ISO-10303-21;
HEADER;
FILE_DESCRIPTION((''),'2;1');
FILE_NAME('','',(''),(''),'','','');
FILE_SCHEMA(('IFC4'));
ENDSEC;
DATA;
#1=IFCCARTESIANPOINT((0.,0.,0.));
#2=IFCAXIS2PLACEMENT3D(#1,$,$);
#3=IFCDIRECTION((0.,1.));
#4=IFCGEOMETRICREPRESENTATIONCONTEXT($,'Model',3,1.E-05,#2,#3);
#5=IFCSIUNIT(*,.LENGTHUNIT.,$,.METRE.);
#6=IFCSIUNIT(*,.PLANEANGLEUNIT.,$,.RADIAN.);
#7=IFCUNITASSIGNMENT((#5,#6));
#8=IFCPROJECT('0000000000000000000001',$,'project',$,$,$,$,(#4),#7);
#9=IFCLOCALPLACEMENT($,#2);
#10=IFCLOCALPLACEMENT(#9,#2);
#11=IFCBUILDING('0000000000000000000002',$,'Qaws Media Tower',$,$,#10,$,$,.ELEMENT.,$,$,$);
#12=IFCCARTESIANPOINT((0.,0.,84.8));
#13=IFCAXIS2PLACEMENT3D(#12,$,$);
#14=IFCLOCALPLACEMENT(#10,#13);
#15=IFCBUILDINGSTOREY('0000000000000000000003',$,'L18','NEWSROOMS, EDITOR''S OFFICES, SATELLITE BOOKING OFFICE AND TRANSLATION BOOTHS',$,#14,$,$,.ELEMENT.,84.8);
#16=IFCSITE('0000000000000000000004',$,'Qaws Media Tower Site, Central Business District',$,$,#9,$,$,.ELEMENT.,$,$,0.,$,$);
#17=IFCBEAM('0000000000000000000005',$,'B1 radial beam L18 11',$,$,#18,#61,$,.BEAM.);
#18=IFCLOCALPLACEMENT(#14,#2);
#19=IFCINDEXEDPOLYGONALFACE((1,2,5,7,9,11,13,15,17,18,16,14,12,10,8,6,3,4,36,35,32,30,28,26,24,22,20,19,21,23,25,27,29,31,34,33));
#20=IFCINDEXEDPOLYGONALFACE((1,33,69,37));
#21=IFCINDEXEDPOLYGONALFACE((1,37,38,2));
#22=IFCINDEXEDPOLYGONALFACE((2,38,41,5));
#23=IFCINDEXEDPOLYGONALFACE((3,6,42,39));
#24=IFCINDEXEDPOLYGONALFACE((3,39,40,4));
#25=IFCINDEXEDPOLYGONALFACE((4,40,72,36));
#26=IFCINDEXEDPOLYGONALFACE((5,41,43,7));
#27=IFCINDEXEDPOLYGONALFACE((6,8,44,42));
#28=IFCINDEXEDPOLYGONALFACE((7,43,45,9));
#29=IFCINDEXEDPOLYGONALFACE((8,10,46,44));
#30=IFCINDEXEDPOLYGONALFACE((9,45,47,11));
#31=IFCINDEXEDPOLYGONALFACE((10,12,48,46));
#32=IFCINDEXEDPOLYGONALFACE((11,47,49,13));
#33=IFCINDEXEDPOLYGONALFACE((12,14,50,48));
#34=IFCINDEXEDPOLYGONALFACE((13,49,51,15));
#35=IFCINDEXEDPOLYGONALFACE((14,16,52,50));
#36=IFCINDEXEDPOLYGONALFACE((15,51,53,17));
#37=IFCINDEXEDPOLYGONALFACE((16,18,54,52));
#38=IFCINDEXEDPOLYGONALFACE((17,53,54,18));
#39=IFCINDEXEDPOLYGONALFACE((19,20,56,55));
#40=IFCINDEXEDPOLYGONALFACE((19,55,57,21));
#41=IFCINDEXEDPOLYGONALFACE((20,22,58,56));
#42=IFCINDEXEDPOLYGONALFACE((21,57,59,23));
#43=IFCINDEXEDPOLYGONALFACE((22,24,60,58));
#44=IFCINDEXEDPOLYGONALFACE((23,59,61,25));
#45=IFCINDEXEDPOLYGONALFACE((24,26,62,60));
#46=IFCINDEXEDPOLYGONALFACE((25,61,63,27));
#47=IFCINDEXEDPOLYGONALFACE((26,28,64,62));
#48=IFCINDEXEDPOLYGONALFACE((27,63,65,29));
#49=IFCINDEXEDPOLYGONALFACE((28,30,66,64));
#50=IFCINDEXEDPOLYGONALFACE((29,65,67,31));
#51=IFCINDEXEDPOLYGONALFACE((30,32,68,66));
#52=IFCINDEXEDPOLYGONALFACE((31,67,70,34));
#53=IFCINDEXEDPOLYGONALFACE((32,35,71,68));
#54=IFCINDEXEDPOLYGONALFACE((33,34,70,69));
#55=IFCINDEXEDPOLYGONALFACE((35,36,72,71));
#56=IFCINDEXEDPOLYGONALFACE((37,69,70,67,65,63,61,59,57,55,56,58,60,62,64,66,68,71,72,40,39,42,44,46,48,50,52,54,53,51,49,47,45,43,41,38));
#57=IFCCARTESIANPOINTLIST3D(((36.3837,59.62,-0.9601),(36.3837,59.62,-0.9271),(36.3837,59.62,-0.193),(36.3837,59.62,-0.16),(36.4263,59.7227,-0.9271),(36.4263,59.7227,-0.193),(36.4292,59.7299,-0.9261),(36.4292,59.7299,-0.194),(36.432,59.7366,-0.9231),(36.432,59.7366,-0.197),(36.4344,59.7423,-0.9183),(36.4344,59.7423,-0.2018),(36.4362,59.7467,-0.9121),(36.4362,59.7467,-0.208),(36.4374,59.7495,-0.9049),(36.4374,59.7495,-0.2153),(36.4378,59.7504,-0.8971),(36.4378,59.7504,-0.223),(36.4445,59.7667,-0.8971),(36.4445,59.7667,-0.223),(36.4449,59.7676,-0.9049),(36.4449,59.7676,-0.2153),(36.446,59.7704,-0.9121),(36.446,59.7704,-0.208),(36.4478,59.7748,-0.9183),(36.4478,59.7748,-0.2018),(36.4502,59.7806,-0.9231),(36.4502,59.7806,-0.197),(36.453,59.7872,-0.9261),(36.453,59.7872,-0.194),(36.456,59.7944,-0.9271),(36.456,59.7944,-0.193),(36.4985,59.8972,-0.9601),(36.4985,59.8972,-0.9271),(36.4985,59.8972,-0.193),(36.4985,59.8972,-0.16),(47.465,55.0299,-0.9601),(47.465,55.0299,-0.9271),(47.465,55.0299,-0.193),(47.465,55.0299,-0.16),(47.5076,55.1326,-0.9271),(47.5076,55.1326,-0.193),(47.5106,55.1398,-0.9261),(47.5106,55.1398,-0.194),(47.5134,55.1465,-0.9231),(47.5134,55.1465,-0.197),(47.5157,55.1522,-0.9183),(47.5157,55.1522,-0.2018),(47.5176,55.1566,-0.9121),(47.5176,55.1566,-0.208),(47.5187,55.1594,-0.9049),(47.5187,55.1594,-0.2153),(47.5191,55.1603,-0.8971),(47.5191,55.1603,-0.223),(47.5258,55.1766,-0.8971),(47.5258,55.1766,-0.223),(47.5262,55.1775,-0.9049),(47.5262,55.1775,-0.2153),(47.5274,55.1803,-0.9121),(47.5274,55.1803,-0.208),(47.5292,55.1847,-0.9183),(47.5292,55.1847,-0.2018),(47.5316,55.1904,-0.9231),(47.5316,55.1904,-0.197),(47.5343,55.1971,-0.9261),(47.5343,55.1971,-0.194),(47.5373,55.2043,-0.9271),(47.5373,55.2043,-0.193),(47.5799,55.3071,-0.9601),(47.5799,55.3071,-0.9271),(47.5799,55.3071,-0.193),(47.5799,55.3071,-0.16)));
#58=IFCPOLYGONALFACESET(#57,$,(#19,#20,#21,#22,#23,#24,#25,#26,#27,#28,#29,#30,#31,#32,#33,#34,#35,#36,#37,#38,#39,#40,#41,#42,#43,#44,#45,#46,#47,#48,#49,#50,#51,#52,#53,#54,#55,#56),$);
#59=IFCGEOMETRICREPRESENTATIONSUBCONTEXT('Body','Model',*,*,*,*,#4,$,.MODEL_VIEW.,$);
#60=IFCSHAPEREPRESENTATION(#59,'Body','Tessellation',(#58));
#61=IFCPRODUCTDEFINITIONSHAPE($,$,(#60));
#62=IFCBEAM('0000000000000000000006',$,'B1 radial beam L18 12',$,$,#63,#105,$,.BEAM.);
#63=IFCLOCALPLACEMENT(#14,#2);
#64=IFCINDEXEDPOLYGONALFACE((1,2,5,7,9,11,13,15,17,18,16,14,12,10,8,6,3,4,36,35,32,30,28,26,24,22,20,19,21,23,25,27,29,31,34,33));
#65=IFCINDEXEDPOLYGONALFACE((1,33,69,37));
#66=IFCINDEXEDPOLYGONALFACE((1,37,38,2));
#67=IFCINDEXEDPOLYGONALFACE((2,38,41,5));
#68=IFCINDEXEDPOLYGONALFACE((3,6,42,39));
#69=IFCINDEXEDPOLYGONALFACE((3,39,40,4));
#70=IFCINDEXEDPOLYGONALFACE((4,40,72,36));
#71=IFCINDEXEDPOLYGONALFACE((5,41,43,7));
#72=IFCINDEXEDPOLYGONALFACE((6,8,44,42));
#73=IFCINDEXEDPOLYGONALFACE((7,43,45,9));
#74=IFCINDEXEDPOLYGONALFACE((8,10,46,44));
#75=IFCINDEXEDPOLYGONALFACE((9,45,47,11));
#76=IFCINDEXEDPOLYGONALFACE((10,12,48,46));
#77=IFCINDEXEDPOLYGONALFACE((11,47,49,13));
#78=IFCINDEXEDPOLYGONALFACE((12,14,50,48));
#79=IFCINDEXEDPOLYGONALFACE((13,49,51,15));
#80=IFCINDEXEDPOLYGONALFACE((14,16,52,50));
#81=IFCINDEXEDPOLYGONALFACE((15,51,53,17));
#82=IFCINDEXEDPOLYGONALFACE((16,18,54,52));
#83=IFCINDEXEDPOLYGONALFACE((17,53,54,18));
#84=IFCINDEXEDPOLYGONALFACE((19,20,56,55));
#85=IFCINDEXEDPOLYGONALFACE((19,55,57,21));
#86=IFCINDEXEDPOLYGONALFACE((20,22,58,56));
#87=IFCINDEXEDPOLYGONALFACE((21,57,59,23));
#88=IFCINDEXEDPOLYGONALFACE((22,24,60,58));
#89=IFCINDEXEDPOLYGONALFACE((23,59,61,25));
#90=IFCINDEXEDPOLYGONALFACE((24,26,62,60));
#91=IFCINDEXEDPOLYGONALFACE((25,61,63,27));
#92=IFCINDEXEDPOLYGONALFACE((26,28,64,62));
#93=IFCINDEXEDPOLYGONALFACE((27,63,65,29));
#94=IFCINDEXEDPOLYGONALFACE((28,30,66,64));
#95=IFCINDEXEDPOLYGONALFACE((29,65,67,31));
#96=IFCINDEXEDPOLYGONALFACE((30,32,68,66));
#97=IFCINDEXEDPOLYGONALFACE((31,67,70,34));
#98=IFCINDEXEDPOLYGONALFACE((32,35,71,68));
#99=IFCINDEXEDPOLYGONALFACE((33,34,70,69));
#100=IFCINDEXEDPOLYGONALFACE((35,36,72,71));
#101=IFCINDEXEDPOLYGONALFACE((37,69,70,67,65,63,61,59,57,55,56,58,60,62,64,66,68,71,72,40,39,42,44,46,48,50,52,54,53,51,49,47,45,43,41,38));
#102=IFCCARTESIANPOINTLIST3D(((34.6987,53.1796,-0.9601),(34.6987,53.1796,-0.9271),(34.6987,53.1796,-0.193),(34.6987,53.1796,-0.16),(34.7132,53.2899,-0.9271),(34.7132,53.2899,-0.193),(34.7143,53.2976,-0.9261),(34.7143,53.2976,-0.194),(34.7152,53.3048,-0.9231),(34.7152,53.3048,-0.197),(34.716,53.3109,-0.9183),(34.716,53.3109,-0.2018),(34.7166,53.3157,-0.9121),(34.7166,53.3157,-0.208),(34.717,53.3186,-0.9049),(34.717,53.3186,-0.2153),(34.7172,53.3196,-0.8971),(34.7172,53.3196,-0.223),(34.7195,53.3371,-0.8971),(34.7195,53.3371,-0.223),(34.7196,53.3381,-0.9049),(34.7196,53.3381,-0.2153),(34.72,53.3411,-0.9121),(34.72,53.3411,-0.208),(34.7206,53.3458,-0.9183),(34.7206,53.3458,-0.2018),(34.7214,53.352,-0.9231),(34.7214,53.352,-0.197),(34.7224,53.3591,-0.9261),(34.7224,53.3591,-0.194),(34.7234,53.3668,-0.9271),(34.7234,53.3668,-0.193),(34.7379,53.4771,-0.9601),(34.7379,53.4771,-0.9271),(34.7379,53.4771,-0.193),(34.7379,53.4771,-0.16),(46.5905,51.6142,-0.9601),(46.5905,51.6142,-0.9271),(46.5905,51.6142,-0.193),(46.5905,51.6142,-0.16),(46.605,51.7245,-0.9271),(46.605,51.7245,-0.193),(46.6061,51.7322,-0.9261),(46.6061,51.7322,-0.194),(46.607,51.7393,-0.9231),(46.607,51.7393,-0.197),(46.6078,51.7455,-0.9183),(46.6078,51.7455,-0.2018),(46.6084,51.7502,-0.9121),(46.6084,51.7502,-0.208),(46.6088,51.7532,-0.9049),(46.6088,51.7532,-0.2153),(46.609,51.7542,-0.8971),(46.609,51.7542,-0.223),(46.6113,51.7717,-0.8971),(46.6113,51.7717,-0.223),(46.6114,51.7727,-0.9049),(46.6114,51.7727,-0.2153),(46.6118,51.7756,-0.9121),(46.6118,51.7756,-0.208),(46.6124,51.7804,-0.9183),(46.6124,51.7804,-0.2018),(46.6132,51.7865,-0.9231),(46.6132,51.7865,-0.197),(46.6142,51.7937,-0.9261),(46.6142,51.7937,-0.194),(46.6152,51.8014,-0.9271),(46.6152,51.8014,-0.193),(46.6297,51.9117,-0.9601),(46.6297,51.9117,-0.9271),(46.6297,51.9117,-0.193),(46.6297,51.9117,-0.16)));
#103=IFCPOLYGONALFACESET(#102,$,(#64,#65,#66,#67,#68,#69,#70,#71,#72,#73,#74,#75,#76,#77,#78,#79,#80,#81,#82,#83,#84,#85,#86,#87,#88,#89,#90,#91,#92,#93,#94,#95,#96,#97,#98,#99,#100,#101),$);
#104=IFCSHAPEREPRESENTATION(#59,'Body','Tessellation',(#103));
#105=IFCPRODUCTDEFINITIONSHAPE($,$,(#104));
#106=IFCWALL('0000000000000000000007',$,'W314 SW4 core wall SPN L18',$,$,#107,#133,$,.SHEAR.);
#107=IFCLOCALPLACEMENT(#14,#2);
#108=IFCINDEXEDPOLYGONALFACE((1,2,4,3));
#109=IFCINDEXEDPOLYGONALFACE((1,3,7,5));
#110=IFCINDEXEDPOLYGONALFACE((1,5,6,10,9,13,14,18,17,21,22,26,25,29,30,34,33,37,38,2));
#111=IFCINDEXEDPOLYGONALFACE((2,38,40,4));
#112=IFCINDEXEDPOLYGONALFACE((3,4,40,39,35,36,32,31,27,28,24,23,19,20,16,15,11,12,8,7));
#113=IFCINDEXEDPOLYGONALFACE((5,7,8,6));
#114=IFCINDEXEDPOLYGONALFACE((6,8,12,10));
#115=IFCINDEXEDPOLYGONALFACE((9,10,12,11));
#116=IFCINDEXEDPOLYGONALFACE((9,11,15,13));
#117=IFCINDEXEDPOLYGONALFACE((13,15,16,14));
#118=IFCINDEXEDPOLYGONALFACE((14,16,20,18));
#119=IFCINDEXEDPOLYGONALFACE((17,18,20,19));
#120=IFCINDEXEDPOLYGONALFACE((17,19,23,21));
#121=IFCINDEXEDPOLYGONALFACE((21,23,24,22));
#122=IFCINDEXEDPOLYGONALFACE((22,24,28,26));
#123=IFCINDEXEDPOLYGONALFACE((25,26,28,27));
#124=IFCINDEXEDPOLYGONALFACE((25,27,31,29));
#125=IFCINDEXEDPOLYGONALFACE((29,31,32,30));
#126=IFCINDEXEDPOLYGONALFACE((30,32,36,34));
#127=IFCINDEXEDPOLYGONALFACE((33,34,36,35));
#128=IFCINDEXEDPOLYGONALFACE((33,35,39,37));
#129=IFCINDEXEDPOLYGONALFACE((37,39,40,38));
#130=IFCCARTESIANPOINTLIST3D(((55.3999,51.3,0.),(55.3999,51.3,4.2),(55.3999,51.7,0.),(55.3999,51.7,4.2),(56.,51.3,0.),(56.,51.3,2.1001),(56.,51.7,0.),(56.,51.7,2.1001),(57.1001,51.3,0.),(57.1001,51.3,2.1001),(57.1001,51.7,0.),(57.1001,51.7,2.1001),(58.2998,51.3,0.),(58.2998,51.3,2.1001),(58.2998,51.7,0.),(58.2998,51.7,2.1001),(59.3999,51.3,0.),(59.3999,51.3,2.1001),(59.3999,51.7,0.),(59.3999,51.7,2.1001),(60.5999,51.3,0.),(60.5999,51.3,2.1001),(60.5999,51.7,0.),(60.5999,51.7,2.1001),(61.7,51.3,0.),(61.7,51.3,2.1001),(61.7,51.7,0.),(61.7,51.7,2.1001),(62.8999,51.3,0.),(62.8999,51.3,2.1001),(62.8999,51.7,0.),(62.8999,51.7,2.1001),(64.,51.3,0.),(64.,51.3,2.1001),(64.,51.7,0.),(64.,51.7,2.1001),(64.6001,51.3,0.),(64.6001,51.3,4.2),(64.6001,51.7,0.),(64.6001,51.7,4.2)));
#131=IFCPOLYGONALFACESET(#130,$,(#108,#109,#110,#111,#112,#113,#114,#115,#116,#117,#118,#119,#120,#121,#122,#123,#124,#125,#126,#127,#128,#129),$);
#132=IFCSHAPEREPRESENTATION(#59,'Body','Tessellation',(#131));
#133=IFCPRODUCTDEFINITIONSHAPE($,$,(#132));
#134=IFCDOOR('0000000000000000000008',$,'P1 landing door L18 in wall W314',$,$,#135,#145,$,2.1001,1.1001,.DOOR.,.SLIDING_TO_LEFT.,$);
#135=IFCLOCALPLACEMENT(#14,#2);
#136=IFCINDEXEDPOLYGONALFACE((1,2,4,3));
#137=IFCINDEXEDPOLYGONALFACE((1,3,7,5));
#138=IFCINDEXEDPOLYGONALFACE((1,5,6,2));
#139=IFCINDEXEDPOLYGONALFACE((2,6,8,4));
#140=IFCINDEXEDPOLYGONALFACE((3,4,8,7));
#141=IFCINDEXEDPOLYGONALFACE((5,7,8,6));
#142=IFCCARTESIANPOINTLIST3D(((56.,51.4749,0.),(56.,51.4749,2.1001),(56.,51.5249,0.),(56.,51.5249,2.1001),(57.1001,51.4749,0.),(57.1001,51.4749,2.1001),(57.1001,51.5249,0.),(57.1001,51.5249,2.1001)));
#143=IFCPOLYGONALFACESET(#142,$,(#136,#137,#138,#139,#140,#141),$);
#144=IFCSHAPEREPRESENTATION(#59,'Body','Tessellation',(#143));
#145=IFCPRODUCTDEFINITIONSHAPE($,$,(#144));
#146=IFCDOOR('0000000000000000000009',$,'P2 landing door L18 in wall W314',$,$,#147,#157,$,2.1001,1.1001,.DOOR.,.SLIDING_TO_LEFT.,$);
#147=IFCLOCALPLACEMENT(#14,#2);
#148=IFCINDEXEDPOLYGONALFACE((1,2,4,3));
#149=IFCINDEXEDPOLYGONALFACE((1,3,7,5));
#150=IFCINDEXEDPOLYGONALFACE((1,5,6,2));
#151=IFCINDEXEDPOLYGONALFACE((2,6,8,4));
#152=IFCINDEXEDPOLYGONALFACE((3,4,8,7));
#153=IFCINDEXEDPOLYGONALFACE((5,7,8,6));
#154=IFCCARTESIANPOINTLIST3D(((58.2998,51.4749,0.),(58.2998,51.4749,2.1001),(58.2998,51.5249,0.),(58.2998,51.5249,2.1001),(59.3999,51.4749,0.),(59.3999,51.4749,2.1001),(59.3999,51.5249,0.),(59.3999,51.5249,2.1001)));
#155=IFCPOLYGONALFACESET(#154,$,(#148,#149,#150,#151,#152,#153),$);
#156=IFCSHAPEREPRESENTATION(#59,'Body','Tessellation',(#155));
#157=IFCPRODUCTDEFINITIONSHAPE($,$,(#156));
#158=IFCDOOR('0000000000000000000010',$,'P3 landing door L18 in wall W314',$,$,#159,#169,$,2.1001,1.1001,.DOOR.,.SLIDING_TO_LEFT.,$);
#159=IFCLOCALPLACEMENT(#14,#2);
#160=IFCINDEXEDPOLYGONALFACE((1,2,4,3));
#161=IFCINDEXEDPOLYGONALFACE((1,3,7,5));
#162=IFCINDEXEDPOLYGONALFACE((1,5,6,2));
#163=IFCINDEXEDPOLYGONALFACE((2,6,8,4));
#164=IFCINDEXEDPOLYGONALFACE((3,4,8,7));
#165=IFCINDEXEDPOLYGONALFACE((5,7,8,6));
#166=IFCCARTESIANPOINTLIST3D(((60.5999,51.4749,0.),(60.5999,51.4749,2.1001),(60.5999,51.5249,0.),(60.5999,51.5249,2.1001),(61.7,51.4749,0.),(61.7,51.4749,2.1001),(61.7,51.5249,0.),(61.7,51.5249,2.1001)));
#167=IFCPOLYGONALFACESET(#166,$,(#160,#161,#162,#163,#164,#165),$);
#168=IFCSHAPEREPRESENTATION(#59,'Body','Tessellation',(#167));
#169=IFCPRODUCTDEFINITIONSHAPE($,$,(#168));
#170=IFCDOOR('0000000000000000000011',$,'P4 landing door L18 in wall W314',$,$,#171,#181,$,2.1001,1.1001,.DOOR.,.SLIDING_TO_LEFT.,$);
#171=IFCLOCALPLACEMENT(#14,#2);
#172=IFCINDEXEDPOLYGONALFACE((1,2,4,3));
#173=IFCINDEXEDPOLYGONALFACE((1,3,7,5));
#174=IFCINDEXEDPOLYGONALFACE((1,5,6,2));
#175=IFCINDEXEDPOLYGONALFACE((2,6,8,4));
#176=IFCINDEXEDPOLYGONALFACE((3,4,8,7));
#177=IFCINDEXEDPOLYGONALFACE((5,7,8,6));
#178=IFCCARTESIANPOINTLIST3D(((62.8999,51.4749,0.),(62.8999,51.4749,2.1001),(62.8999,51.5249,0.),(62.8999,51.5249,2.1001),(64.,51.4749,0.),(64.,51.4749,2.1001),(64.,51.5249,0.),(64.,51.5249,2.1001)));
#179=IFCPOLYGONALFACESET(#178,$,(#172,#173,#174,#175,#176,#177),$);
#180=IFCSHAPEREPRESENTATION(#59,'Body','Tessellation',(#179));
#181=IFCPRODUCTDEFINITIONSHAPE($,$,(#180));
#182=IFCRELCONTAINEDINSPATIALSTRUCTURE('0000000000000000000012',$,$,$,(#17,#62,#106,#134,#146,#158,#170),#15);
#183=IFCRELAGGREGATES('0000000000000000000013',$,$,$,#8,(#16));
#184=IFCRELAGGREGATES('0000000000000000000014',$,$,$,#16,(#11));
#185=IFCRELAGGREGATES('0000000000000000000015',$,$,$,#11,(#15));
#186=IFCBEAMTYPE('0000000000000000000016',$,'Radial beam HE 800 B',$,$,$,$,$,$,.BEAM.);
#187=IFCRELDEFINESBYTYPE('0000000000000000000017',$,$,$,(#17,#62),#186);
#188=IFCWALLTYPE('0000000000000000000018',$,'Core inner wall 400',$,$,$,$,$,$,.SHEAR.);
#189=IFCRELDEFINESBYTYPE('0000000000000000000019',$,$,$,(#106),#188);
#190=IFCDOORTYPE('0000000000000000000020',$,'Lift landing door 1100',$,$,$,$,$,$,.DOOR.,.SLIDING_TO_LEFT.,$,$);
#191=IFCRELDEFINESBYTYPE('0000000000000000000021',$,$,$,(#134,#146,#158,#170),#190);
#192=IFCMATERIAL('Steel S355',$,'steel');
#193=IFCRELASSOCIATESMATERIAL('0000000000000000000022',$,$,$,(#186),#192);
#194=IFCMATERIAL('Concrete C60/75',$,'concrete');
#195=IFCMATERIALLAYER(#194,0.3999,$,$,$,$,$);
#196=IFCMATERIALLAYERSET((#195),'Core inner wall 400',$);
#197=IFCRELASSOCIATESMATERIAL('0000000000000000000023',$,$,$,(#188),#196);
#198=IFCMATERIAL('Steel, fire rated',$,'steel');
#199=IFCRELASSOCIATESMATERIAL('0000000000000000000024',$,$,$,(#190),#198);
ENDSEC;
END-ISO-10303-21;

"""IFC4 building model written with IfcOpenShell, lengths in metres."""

from ifc_helpers import new_model, si_unit, direction, frame, frame_2d, origin, origin_2d, place, context, subcontext, project, spatial, rectangle, i_section, extrude, material, layer, layer_set, material_profile, profile_set, type_object, element, fill, save


model = new_model("IFC4")

# Units and contexts
model_context = context("Model", 3, precision=1e-05, world=origin(), true_north=direction((0.0, 1.0)))
body_context = subcontext(model_context, "Body", "Model", "MODEL_VIEW")
ifc_project = project(units=[si_unit("LENGTHUNIT", "METRE"), si_unit("PLANEANGLEUNIT", "RADIAN")], contexts=[model_context])

# Site, building, storey
site_placement = place(None, origin())
site = spatial("IfcSite", under=ifc_project, at=site_placement, Name="Qaws Media Tower Site, Central Business District", CompositionType="ELEMENT", RefElevation=0.0)
building_placement = place(site_placement, origin())
building = spatial("IfcBuilding", under=site, at=building_placement, Name="Qaws Media Tower", CompositionType="ELEMENT")
storey_placement = place(building_placement, frame((0.0, 0.0, 84.8)))
storey = spatial("IfcBuildingStorey", under=building, at=storey_placement, Name="L18", Description="NEWSROOMS, EDITOR'S OFFICES, SATELLITE BOOKING OFFICE AND TRANSLATION BOOTHS", CompositionType="ELEMENT", Elevation=84.8)

# Beams
ifc_material_1 = material(Name="Steel S355", Category="steel")
ifc_material_profile_1 = material_profile(ifc_material_1, i_section(OverallWidth=0.3, OverallDepth=0.8, WebThickness=0.0176, FlangeThickness=0.033, FilletRadius=0.03, at=origin_2d()), Name="HE 800 B")
ifc_profile_set_1 = profile_set([ifc_material_profile_1], Name="Steel S355")
beam_type_1 = type_object("IfcBeamType", Name="Radial beam HE 800 B", PredefinedType="BEAM", material=ifc_profile_set_1)
for number, where, z_axis, x_axis, name in (
    (1, (47.5225, 55.1685, -0.5601), (-0.923878, 0.382688, 0.0), (-0.382688, -0.923878, 0.0), "B1 radial beam L18 11"),
    (2, (46.6101, 51.7629, -0.5601), (-0.991447, 0.130513, 0.0), (-0.130513, -0.991447, 0.0), "B1 radial beam L18 12"),
):
    element("IfcBeam", number, at=place(storey_placement, frame(where, z_axis=z_axis, x_axis=x_axis)), inside=storey, type_object=beam_type_1, Name=name, PredefinedType="BEAM", context=body_context, shape_type="SweptSolid", body=[
        extrude(i_section(OverallWidth=0.3, OverallDepth=0.8, WebThickness=0.0176, FlangeThickness=0.033, FilletRadius=0.03, at=origin_2d()), origin(), (0.0, 0.0, 1.0), 11.9944),
    ])

# Wall, openings, doors
ifc_material_2 = material(Name="Concrete C60/75", Category="concrete")
ifc_layer_1 = layer(ifc_material_2, 0.3999)
ifc_layer_set_1 = layer_set([ifc_layer_1], Name="Core inner wall 400")
wall_type_1 = type_object("IfcWallType", Name="Core inner wall 400", PredefinedType="SHEAR", material=ifc_layer_set_1)
wall_1_placement = place(storey_placement, frame((55.3999, 51.5, 0.0), z_axis=(0.0, 0.0, 1.0), x_axis=(1.0, 0.0, 0.0)))
wall_1 = element("IfcWall", 3, at=wall_1_placement, inside=storey, type_object=wall_type_1, Name="W314 SW4 core wall SPN L18", PredefinedType="SHEAR", context=body_context, shape_type="SweptSolid", body=[
    extrude(rectangle(XDim=9.2002, YDim=0.3999, at=frame_2d((4.6001, 0.0))), origin(), (0.0, 0.0, 1.0), 4.2),
])
opening_1_placement = place(wall_1_placement, frame((0.6001, 0.0, 0.0)))
opening_1 = element("IfcOpeningElement", 4, at=opening_1_placement, cuts=wall_1, PredefinedType="OPENING", context=body_context, shape_type="SweptSolid", body=[
    extrude(rectangle(XDim=1.1001, YDim=2.1001, at=frame_2d((0.55, 1.05))), frame((0.0, 0.21, 0.0), z_axis=(0.0, -1.0, 0.0), x_axis=(1.0, 0.0, 0.0)), (0.0, 0.0, 1.0), 0.4199),
])
opening_2_placement = place(wall_1_placement, frame((2.8999, 0.0, 0.0)))
opening_2 = element("IfcOpeningElement", 5, at=opening_2_placement, cuts=wall_1, PredefinedType="OPENING", context=body_context, shape_type="SweptSolid", body=[
    extrude(rectangle(XDim=1.1001, YDim=2.1001, at=frame_2d((0.55, 1.05))), frame((0.0, 0.21, 0.0), z_axis=(0.0, -1.0, 0.0), x_axis=(1.0, 0.0, 0.0)), (0.0, 0.0, 1.0), 0.4199),
])
opening_3_placement = place(wall_1_placement, frame((5.2, 0.0, 0.0)))
opening_3 = element("IfcOpeningElement", 6, at=opening_3_placement, cuts=wall_1, PredefinedType="OPENING", context=body_context, shape_type="SweptSolid", body=[
    extrude(rectangle(XDim=1.1001, YDim=2.1001, at=frame_2d((0.55, 1.05))), frame((0.0, 0.21, 0.0), z_axis=(0.0, -1.0, 0.0), x_axis=(1.0, 0.0, 0.0)), (0.0, 0.0, 1.0), 0.4199),
])
opening_4_placement = place(wall_1_placement, frame((7.5, 0.0, 0.0)))
opening_4 = element("IfcOpeningElement", 7, at=opening_4_placement, cuts=wall_1, PredefinedType="OPENING", context=body_context, shape_type="SweptSolid", body=[
    extrude(rectangle(XDim=1.1001, YDim=2.1001, at=frame_2d((0.55, 1.05))), frame((0.0, 0.21, 0.0), z_axis=(0.0, -1.0, 0.0), x_axis=(1.0, 0.0, 0.0)), (0.0, 0.0, 1.0), 0.4199),
])
ifc_material_3 = material(Name="Steel, fire rated", Category="steel")
door_type = type_object("IfcDoorType", Name="Lift landing door 1100", OperationType="SLIDING_TO_LEFT", PredefinedType="DOOR", material=ifc_material_3)
door_1_placement = place(opening_1_placement, origin())
door_1 = element("IfcDoor", 8, at=door_1_placement, inside=storey, type_object=door_type, Name="P1 landing door L18 in wall W314", OperationType="SLIDING_TO_LEFT", OverallHeight=2.1001, OverallWidth=1.1001, PredefinedType="DOOR", context=body_context, shape_type="SweptSolid", body=[
    extrude(rectangle(XDim=1.1001, YDim=2.1001, at=frame_2d((0.55, 1.05))), frame((0.0, 0.0249, 0.0), z_axis=(0.0, -1.0, 0.0), x_axis=(1.0, 0.0, 0.0)), (0.0, 0.0, 1.0), 0.05),
])
fill(opening_1, door_1)
door_2_placement = place(opening_2_placement, origin())
door_2 = element("IfcDoor", 9, at=door_2_placement, inside=storey, type_object=door_type, Name="P2 landing door L18 in wall W314", OperationType="SLIDING_TO_LEFT", OverallHeight=2.1001, OverallWidth=1.1001, PredefinedType="DOOR", context=body_context, shape_type="SweptSolid", body=[
    extrude(rectangle(XDim=1.1001, YDim=2.1001, at=frame_2d((0.55, 1.05))), frame((0.0, 0.0249, 0.0), z_axis=(0.0, -1.0, 0.0), x_axis=(1.0, 0.0, 0.0)), (0.0, 0.0, 1.0), 0.05),
])
fill(opening_2, door_2)
door_3_placement = place(opening_3_placement, origin())
door_3 = element("IfcDoor", 10, at=door_3_placement, inside=storey, type_object=door_type, Name="P3 landing door L18 in wall W314", OperationType="SLIDING_TO_LEFT", OverallHeight=2.1001, OverallWidth=1.1001, PredefinedType="DOOR", context=body_context, shape_type="SweptSolid", body=[
    extrude(rectangle(XDim=1.1001, YDim=2.1001, at=frame_2d((0.55, 1.05))), frame((0.0, 0.0249, 0.0), z_axis=(0.0, -1.0, 0.0), x_axis=(1.0, 0.0, 0.0)), (0.0, 0.0, 1.0), 0.05),
])
fill(opening_3, door_3)
door_4_placement = place(opening_4_placement, origin())
door_4 = element("IfcDoor", 11, at=door_4_placement, inside=storey, type_object=door_type, Name="P4 landing door L18 in wall W314", OperationType="SLIDING_TO_LEFT", OverallHeight=2.1001, OverallWidth=1.1001, PredefinedType="DOOR", context=body_context, shape_type="SweptSolid", body=[
    extrude(rectangle(XDim=1.1001, YDim=2.1001, at=frame_2d((0.55, 1.05))), frame((0.0, 0.0249, 0.0), z_axis=(0.0, -1.0, 0.0), x_axis=(1.0, 0.0, 0.0)), (0.0, 0.0, 1.0), 0.05),
])
fill(opening_4, door_4)

save(model, "model.ifc")
